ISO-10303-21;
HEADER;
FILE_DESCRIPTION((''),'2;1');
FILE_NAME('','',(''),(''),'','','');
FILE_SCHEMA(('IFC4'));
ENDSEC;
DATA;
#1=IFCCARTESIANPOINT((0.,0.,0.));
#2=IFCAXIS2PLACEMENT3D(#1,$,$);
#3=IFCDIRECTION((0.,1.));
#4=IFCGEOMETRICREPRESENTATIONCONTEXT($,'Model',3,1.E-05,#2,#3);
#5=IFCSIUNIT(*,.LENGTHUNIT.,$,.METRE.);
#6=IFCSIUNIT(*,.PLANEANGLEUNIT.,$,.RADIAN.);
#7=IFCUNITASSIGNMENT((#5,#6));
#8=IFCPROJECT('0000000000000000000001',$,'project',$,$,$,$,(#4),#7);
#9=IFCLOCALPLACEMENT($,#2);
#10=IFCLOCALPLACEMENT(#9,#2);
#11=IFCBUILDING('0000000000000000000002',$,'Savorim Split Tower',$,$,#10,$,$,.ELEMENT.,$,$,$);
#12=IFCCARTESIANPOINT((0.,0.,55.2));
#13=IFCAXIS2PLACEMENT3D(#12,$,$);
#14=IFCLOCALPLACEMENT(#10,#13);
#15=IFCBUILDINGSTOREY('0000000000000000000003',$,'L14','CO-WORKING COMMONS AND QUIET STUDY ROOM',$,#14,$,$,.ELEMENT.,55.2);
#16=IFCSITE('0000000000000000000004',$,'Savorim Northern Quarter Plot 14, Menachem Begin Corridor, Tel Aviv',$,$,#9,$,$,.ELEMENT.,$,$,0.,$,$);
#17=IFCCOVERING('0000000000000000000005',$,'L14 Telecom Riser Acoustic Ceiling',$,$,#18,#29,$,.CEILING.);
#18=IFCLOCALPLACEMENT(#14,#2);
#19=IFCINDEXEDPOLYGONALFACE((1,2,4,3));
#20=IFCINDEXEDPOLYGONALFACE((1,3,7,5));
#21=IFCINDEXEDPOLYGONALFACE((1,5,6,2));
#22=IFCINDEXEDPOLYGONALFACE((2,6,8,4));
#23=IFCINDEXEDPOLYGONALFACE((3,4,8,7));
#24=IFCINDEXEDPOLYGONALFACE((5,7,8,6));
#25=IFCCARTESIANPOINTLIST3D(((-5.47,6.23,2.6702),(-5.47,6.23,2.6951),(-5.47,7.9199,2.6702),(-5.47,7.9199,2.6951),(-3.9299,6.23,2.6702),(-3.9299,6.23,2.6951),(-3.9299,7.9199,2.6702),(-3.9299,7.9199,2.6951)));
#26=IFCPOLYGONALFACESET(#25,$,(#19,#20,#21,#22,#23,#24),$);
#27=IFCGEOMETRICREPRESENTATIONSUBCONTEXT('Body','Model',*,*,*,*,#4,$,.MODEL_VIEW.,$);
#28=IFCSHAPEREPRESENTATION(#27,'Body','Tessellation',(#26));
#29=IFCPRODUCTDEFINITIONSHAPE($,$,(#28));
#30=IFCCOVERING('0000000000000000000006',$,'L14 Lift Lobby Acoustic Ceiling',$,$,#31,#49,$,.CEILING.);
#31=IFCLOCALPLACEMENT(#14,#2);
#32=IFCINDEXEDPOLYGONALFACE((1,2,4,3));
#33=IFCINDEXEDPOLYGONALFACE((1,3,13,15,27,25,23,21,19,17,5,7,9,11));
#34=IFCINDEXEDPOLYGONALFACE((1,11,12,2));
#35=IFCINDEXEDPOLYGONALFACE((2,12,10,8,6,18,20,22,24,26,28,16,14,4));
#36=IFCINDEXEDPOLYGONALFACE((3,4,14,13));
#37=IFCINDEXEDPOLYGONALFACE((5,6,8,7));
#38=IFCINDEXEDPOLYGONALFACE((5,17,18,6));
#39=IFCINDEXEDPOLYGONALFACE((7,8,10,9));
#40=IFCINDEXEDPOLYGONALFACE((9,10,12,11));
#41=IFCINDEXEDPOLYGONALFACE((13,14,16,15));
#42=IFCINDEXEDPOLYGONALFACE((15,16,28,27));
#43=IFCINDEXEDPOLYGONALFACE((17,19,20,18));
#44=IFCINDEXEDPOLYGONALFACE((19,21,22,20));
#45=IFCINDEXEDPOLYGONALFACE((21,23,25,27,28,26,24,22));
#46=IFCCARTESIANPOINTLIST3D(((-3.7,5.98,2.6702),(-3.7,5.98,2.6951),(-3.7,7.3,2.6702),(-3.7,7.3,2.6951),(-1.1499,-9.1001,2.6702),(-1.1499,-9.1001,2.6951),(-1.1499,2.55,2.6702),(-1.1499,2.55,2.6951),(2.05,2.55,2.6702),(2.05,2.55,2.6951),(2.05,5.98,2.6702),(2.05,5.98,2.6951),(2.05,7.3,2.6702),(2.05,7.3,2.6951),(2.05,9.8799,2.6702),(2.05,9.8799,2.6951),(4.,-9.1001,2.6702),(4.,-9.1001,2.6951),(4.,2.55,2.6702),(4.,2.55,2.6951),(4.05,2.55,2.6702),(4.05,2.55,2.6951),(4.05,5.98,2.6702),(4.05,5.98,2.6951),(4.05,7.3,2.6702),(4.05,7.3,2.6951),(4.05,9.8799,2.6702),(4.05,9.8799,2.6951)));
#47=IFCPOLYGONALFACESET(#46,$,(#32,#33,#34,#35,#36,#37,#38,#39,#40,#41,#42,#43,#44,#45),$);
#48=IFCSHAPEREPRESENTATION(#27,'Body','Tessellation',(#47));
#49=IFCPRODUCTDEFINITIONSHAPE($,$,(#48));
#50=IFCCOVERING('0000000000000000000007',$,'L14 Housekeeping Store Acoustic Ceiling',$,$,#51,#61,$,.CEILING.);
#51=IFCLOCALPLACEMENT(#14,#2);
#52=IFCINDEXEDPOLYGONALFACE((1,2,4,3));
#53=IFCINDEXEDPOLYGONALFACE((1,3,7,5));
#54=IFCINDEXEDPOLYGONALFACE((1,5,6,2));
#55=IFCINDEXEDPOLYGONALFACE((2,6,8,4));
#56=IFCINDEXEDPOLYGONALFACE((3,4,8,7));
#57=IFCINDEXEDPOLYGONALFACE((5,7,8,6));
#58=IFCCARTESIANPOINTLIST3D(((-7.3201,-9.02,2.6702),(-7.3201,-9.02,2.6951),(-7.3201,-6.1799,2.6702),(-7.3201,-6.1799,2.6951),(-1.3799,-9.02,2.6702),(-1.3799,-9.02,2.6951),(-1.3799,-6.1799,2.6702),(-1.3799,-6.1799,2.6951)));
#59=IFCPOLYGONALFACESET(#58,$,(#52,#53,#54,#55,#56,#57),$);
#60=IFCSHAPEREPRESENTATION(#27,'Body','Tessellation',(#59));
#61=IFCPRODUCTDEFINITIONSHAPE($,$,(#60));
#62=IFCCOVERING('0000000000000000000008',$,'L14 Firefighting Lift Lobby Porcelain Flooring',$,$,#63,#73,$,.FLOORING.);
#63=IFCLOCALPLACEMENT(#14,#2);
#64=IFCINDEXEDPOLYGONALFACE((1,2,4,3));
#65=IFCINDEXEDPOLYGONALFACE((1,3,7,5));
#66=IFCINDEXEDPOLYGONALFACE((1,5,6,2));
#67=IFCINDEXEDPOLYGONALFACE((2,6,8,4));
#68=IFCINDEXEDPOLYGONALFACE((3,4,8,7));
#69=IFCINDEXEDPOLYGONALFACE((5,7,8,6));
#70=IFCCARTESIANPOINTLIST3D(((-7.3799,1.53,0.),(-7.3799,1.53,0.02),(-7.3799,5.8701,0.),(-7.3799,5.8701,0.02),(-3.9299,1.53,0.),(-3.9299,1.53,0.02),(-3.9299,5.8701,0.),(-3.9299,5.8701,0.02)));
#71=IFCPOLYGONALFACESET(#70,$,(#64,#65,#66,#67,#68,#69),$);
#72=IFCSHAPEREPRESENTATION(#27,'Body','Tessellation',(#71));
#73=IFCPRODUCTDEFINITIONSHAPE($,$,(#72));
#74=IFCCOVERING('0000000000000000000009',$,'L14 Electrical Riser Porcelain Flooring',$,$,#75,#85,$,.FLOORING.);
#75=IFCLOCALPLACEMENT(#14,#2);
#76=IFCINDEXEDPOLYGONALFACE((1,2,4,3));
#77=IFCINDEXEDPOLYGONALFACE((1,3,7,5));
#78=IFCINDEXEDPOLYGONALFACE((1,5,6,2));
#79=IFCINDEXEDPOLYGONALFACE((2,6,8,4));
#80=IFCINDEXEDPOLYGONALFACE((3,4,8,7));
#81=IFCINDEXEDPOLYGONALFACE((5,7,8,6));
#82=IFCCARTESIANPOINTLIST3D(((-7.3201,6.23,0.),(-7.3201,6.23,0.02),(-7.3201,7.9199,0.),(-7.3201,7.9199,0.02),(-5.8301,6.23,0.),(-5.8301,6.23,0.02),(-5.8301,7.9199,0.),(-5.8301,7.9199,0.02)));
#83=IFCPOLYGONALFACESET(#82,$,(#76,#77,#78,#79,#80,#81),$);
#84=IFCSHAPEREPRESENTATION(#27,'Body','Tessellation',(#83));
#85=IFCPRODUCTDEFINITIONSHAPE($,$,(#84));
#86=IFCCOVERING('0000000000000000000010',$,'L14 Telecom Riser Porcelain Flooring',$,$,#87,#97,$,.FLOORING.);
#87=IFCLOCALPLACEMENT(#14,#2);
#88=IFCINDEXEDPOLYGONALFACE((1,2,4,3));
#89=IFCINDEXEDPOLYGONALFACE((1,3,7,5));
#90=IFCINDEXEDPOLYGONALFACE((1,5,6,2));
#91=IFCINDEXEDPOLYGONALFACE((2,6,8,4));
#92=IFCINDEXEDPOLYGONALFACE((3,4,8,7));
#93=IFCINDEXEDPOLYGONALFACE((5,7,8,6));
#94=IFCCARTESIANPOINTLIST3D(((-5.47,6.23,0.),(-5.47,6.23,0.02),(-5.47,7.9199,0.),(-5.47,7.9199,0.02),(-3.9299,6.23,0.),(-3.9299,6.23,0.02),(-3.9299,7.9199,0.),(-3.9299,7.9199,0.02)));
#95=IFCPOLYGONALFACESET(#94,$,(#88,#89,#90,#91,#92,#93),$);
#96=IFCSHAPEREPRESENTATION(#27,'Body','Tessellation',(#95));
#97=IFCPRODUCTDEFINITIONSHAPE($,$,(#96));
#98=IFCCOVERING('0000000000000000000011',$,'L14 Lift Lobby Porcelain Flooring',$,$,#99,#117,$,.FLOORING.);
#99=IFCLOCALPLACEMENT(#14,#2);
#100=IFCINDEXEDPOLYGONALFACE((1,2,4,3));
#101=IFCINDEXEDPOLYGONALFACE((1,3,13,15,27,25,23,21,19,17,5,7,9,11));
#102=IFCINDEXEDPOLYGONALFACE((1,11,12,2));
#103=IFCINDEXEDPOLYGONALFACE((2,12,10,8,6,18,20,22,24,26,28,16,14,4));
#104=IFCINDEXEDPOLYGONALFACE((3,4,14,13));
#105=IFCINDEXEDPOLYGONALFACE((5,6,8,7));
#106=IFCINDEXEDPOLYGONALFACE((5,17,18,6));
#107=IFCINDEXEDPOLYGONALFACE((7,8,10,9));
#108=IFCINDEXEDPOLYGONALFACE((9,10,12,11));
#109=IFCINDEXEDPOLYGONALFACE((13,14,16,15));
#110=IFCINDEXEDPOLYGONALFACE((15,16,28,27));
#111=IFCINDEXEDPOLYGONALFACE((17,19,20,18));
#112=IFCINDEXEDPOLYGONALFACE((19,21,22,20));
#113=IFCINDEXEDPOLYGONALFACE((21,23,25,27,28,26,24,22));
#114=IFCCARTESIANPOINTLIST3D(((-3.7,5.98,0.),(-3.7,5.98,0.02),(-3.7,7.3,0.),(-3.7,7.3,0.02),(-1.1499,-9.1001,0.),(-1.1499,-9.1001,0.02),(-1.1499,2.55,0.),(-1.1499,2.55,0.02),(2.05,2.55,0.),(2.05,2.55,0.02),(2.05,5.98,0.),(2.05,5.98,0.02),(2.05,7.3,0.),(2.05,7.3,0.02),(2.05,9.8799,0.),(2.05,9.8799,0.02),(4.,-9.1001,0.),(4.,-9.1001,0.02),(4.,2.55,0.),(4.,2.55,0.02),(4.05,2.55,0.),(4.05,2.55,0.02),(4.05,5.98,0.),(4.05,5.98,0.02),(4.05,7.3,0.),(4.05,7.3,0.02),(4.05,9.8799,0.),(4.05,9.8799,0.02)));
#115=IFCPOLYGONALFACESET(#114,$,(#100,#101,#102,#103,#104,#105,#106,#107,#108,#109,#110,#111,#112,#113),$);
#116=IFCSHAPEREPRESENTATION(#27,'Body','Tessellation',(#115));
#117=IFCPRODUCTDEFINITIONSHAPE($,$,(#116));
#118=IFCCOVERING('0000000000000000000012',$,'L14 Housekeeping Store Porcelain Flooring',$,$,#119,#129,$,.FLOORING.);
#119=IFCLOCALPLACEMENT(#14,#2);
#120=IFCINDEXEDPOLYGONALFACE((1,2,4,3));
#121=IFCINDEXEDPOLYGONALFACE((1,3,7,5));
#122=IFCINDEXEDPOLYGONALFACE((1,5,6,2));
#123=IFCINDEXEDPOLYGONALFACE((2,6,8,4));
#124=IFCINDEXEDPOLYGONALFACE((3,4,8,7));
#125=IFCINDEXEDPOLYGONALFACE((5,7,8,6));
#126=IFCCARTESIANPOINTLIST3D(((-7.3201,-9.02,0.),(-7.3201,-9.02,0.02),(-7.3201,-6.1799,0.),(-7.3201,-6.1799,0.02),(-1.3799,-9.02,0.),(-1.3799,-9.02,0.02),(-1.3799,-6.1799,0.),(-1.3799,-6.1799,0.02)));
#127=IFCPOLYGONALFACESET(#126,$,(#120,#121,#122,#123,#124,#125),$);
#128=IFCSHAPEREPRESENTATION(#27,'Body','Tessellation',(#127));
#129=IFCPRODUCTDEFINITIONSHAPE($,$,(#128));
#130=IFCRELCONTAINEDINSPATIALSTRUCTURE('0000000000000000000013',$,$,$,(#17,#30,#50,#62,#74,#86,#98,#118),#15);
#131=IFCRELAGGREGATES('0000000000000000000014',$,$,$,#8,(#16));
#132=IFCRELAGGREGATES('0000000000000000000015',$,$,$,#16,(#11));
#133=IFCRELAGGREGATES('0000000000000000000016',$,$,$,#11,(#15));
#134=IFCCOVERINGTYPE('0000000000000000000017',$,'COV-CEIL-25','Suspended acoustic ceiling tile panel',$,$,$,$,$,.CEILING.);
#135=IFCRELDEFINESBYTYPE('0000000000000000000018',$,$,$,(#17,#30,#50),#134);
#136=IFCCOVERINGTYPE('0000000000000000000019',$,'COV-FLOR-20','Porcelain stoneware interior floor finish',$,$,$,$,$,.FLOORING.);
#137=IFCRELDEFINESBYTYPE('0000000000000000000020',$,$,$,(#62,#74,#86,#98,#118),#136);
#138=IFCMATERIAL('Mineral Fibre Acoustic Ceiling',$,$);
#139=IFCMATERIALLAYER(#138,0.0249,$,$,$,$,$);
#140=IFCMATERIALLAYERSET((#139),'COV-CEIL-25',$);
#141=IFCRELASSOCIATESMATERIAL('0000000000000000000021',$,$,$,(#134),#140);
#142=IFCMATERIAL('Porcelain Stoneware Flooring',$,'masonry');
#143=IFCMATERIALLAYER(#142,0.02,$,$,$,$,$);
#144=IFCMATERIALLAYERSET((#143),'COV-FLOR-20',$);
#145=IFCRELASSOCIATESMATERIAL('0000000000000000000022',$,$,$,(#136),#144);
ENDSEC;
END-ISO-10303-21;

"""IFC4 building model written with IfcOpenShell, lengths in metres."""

from ifc_helpers import new_model, si_unit, direction, frame, origin, place, context, subcontext, project, spatial, polyline, outline, extrude, material, layer, layer_set, type_object, element, save


model = new_model("IFC4")

# Units and contexts
model_context = context("Model", 3, precision=1e-05, world=origin(), true_north=direction((0.0, 1.0)))
body_context = subcontext(model_context, "Body", "Model", "MODEL_VIEW")
ifc_project = project(units=[si_unit("LENGTHUNIT", "METRE"), si_unit("PLANEANGLEUNIT", "RADIAN")], contexts=[model_context])

# Site, building, storey
site_placement = place(None, origin())
site = spatial("IfcSite", under=ifc_project, at=site_placement, Name="Savorim Northern Quarter Plot 14, Menachem Begin Corridor, Tel Aviv", CompositionType="ELEMENT", RefElevation=0.0)
building_placement = place(site_placement, origin())
building = spatial("IfcBuilding", under=site, at=building_placement, Name="Savorim Split Tower", CompositionType="ELEMENT")
storey_placement = place(building_placement, frame((0.0, 0.0, 55.2)))
storey = spatial("IfcBuildingStorey", under=building, at=storey_placement, Name="L14", Description="CO-WORKING COMMONS AND QUIET STUDY ROOM", CompositionType="ELEMENT", Elevation=55.2)

# Coverings
ifc_material_1 = material(Name="Mineral Fibre Acoustic Ceiling")
ifc_layer_1 = layer(ifc_material_1, 0.0249)
ifc_layer_set_1 = layer_set([ifc_layer_1], Name="COV-CEIL-25")
covering_type_1 = type_object("IfcCoveringType", Name="COV-CEIL-25", Description="Suspended acoustic ceiling tile panel", PredefinedType="CEILING", material=ifc_layer_set_1)
covering_1_placement = place(storey_placement, frame((0.0, 0.0, 2.6702)))
element("IfcCovering", 1, at=covering_1_placement, inside=storey, type_object=covering_type_1, Name="L14 Telecom Riser Acoustic Ceiling", PredefinedType="CEILING", context=body_context, shape_type="SweptSolid", body=[
    extrude(outline(polyline([(-5.47, 7.9199), (-5.47, 6.23), (-3.9299, 6.23), (-3.9299, 7.9199), (-5.47, 7.9199)])), origin(), (0.0, 0.0, 1.0), 0.0249),
])
covering_2_placement = place(storey_placement, frame((0.0, 0.0, 2.6702)))
element("IfcCovering", 2, at=covering_2_placement, inside=storey, type_object=covering_type_1, Name="L14 Lift Lobby Acoustic Ceiling", PredefinedType="CEILING", context=body_context, shape_type="SweptSolid", body=[
    extrude(outline(polyline([(2.05, 2.55), (-1.1499, 2.55), (-1.1499, -9.1001), (4.0, -9.1001), (4.0, 2.55), (4.05, 2.55), (4.05, 5.98), (4.05, 7.3), (4.05, 9.8799), (2.05, 9.8799), (2.05, 7.3), (-3.7, 7.3), (-3.7, 5.98), (2.05, 5.98), (2.05, 2.55)])), origin(), (0.0, 0.0, 1.0), 0.0249),
])
covering_3_placement = place(storey_placement, frame((0.0, 0.0, 2.6702)))
element("IfcCovering", 3, at=covering_3_placement, inside=storey, type_object=covering_type_1, Name="L14 Housekeeping Store Acoustic Ceiling", PredefinedType="CEILING", context=body_context, shape_type="SweptSolid", body=[
    extrude(outline(polyline([(-7.3201, -6.1799), (-7.3201, -9.02), (-1.3799, -9.02), (-1.3799, -6.1799), (-7.3201, -6.1799)])), origin(), (0.0, 0.0, 1.0), 0.0249),
])
ifc_material_2 = material(Name="Porcelain Stoneware Flooring", Category="masonry")
ifc_layer_2 = layer(ifc_material_2, 0.02)
ifc_layer_set_2 = layer_set([ifc_layer_2], Name="COV-FLOR-20")
covering_type_2 = type_object("IfcCoveringType", Name="COV-FLOR-20", Description="Porcelain stoneware interior floor finish", PredefinedType="FLOORING", material=ifc_layer_set_2)
covering_4_placement = place(storey_placement, origin())
element("IfcCovering", 4, at=covering_4_placement, inside=storey, type_object=covering_type_2, Name="L14 Firefighting Lift Lobby Porcelain Flooring", PredefinedType="FLOORING", context=body_context, shape_type="SweptSolid", body=[
    extrude(outline(polyline([(-7.3799, 5.8701), (-7.3799, 1.53), (-3.9299, 1.53), (-3.9299, 5.8701), (-7.3799, 5.8701)])), origin(), (0.0, 0.0, 1.0), 0.02),
])
covering_5_placement = place(storey_placement, origin())
element("IfcCovering", 5, at=covering_5_placement, inside=storey, type_object=covering_type_2, Name="L14 Electrical Riser Porcelain Flooring", PredefinedType="FLOORING", context=body_context, shape_type="SweptSolid", body=[
    extrude(outline(polyline([(-7.3201, 7.9199), (-7.3201, 6.23), (-5.8301, 6.23), (-5.8301, 7.9199), (-7.3201, 7.9199)])), origin(), (0.0, 0.0, 1.0), 0.02),
])
covering_6_placement = place(storey_placement, origin())
element("IfcCovering", 6, at=covering_6_placement, inside=storey, type_object=covering_type_2, Name="L14 Telecom Riser Porcelain Flooring", PredefinedType="FLOORING", context=body_context, shape_type="SweptSolid", body=[
    extrude(outline(polyline([(-5.47, 7.9199), (-5.47, 6.23), (-3.9299, 6.23), (-3.9299, 7.9199), (-5.47, 7.9199)])), origin(), (0.0, 0.0, 1.0), 0.02),
])
covering_7_placement = place(storey_placement, origin())
element("IfcCovering", 7, at=covering_7_placement, inside=storey, type_object=covering_type_2, Name="L14 Lift Lobby Porcelain Flooring", PredefinedType="FLOORING", context=body_context, shape_type="SweptSolid", body=[
    extrude(outline(polyline([(2.05, 2.55), (-1.1499, 2.55), (-1.1499, -9.1001), (4.0, -9.1001), (4.0, 2.55), (4.05, 2.55), (4.05, 5.98), (4.05, 7.3), (4.05, 9.8799), (2.05, 9.8799), (2.05, 7.3), (-3.7, 7.3), (-3.7, 5.98), (2.05, 5.98), (2.05, 2.55)])), origin(), (0.0, 0.0, 1.0), 0.02),
])
covering_8_placement = place(storey_placement, origin())
element("IfcCovering", 8, at=covering_8_placement, inside=storey, type_object=covering_type_2, Name="L14 Housekeeping Store Porcelain Flooring", PredefinedType="FLOORING", context=body_context, shape_type="SweptSolid", body=[
    extrude(outline(polyline([(-7.3201, -6.1799), (-7.3201, -9.02), (-1.3799, -9.02), (-1.3799, -6.1799), (-7.3201, -6.1799)])), origin(), (0.0, 0.0, 1.0), 0.02),
])

save(model, "model.ifc")
